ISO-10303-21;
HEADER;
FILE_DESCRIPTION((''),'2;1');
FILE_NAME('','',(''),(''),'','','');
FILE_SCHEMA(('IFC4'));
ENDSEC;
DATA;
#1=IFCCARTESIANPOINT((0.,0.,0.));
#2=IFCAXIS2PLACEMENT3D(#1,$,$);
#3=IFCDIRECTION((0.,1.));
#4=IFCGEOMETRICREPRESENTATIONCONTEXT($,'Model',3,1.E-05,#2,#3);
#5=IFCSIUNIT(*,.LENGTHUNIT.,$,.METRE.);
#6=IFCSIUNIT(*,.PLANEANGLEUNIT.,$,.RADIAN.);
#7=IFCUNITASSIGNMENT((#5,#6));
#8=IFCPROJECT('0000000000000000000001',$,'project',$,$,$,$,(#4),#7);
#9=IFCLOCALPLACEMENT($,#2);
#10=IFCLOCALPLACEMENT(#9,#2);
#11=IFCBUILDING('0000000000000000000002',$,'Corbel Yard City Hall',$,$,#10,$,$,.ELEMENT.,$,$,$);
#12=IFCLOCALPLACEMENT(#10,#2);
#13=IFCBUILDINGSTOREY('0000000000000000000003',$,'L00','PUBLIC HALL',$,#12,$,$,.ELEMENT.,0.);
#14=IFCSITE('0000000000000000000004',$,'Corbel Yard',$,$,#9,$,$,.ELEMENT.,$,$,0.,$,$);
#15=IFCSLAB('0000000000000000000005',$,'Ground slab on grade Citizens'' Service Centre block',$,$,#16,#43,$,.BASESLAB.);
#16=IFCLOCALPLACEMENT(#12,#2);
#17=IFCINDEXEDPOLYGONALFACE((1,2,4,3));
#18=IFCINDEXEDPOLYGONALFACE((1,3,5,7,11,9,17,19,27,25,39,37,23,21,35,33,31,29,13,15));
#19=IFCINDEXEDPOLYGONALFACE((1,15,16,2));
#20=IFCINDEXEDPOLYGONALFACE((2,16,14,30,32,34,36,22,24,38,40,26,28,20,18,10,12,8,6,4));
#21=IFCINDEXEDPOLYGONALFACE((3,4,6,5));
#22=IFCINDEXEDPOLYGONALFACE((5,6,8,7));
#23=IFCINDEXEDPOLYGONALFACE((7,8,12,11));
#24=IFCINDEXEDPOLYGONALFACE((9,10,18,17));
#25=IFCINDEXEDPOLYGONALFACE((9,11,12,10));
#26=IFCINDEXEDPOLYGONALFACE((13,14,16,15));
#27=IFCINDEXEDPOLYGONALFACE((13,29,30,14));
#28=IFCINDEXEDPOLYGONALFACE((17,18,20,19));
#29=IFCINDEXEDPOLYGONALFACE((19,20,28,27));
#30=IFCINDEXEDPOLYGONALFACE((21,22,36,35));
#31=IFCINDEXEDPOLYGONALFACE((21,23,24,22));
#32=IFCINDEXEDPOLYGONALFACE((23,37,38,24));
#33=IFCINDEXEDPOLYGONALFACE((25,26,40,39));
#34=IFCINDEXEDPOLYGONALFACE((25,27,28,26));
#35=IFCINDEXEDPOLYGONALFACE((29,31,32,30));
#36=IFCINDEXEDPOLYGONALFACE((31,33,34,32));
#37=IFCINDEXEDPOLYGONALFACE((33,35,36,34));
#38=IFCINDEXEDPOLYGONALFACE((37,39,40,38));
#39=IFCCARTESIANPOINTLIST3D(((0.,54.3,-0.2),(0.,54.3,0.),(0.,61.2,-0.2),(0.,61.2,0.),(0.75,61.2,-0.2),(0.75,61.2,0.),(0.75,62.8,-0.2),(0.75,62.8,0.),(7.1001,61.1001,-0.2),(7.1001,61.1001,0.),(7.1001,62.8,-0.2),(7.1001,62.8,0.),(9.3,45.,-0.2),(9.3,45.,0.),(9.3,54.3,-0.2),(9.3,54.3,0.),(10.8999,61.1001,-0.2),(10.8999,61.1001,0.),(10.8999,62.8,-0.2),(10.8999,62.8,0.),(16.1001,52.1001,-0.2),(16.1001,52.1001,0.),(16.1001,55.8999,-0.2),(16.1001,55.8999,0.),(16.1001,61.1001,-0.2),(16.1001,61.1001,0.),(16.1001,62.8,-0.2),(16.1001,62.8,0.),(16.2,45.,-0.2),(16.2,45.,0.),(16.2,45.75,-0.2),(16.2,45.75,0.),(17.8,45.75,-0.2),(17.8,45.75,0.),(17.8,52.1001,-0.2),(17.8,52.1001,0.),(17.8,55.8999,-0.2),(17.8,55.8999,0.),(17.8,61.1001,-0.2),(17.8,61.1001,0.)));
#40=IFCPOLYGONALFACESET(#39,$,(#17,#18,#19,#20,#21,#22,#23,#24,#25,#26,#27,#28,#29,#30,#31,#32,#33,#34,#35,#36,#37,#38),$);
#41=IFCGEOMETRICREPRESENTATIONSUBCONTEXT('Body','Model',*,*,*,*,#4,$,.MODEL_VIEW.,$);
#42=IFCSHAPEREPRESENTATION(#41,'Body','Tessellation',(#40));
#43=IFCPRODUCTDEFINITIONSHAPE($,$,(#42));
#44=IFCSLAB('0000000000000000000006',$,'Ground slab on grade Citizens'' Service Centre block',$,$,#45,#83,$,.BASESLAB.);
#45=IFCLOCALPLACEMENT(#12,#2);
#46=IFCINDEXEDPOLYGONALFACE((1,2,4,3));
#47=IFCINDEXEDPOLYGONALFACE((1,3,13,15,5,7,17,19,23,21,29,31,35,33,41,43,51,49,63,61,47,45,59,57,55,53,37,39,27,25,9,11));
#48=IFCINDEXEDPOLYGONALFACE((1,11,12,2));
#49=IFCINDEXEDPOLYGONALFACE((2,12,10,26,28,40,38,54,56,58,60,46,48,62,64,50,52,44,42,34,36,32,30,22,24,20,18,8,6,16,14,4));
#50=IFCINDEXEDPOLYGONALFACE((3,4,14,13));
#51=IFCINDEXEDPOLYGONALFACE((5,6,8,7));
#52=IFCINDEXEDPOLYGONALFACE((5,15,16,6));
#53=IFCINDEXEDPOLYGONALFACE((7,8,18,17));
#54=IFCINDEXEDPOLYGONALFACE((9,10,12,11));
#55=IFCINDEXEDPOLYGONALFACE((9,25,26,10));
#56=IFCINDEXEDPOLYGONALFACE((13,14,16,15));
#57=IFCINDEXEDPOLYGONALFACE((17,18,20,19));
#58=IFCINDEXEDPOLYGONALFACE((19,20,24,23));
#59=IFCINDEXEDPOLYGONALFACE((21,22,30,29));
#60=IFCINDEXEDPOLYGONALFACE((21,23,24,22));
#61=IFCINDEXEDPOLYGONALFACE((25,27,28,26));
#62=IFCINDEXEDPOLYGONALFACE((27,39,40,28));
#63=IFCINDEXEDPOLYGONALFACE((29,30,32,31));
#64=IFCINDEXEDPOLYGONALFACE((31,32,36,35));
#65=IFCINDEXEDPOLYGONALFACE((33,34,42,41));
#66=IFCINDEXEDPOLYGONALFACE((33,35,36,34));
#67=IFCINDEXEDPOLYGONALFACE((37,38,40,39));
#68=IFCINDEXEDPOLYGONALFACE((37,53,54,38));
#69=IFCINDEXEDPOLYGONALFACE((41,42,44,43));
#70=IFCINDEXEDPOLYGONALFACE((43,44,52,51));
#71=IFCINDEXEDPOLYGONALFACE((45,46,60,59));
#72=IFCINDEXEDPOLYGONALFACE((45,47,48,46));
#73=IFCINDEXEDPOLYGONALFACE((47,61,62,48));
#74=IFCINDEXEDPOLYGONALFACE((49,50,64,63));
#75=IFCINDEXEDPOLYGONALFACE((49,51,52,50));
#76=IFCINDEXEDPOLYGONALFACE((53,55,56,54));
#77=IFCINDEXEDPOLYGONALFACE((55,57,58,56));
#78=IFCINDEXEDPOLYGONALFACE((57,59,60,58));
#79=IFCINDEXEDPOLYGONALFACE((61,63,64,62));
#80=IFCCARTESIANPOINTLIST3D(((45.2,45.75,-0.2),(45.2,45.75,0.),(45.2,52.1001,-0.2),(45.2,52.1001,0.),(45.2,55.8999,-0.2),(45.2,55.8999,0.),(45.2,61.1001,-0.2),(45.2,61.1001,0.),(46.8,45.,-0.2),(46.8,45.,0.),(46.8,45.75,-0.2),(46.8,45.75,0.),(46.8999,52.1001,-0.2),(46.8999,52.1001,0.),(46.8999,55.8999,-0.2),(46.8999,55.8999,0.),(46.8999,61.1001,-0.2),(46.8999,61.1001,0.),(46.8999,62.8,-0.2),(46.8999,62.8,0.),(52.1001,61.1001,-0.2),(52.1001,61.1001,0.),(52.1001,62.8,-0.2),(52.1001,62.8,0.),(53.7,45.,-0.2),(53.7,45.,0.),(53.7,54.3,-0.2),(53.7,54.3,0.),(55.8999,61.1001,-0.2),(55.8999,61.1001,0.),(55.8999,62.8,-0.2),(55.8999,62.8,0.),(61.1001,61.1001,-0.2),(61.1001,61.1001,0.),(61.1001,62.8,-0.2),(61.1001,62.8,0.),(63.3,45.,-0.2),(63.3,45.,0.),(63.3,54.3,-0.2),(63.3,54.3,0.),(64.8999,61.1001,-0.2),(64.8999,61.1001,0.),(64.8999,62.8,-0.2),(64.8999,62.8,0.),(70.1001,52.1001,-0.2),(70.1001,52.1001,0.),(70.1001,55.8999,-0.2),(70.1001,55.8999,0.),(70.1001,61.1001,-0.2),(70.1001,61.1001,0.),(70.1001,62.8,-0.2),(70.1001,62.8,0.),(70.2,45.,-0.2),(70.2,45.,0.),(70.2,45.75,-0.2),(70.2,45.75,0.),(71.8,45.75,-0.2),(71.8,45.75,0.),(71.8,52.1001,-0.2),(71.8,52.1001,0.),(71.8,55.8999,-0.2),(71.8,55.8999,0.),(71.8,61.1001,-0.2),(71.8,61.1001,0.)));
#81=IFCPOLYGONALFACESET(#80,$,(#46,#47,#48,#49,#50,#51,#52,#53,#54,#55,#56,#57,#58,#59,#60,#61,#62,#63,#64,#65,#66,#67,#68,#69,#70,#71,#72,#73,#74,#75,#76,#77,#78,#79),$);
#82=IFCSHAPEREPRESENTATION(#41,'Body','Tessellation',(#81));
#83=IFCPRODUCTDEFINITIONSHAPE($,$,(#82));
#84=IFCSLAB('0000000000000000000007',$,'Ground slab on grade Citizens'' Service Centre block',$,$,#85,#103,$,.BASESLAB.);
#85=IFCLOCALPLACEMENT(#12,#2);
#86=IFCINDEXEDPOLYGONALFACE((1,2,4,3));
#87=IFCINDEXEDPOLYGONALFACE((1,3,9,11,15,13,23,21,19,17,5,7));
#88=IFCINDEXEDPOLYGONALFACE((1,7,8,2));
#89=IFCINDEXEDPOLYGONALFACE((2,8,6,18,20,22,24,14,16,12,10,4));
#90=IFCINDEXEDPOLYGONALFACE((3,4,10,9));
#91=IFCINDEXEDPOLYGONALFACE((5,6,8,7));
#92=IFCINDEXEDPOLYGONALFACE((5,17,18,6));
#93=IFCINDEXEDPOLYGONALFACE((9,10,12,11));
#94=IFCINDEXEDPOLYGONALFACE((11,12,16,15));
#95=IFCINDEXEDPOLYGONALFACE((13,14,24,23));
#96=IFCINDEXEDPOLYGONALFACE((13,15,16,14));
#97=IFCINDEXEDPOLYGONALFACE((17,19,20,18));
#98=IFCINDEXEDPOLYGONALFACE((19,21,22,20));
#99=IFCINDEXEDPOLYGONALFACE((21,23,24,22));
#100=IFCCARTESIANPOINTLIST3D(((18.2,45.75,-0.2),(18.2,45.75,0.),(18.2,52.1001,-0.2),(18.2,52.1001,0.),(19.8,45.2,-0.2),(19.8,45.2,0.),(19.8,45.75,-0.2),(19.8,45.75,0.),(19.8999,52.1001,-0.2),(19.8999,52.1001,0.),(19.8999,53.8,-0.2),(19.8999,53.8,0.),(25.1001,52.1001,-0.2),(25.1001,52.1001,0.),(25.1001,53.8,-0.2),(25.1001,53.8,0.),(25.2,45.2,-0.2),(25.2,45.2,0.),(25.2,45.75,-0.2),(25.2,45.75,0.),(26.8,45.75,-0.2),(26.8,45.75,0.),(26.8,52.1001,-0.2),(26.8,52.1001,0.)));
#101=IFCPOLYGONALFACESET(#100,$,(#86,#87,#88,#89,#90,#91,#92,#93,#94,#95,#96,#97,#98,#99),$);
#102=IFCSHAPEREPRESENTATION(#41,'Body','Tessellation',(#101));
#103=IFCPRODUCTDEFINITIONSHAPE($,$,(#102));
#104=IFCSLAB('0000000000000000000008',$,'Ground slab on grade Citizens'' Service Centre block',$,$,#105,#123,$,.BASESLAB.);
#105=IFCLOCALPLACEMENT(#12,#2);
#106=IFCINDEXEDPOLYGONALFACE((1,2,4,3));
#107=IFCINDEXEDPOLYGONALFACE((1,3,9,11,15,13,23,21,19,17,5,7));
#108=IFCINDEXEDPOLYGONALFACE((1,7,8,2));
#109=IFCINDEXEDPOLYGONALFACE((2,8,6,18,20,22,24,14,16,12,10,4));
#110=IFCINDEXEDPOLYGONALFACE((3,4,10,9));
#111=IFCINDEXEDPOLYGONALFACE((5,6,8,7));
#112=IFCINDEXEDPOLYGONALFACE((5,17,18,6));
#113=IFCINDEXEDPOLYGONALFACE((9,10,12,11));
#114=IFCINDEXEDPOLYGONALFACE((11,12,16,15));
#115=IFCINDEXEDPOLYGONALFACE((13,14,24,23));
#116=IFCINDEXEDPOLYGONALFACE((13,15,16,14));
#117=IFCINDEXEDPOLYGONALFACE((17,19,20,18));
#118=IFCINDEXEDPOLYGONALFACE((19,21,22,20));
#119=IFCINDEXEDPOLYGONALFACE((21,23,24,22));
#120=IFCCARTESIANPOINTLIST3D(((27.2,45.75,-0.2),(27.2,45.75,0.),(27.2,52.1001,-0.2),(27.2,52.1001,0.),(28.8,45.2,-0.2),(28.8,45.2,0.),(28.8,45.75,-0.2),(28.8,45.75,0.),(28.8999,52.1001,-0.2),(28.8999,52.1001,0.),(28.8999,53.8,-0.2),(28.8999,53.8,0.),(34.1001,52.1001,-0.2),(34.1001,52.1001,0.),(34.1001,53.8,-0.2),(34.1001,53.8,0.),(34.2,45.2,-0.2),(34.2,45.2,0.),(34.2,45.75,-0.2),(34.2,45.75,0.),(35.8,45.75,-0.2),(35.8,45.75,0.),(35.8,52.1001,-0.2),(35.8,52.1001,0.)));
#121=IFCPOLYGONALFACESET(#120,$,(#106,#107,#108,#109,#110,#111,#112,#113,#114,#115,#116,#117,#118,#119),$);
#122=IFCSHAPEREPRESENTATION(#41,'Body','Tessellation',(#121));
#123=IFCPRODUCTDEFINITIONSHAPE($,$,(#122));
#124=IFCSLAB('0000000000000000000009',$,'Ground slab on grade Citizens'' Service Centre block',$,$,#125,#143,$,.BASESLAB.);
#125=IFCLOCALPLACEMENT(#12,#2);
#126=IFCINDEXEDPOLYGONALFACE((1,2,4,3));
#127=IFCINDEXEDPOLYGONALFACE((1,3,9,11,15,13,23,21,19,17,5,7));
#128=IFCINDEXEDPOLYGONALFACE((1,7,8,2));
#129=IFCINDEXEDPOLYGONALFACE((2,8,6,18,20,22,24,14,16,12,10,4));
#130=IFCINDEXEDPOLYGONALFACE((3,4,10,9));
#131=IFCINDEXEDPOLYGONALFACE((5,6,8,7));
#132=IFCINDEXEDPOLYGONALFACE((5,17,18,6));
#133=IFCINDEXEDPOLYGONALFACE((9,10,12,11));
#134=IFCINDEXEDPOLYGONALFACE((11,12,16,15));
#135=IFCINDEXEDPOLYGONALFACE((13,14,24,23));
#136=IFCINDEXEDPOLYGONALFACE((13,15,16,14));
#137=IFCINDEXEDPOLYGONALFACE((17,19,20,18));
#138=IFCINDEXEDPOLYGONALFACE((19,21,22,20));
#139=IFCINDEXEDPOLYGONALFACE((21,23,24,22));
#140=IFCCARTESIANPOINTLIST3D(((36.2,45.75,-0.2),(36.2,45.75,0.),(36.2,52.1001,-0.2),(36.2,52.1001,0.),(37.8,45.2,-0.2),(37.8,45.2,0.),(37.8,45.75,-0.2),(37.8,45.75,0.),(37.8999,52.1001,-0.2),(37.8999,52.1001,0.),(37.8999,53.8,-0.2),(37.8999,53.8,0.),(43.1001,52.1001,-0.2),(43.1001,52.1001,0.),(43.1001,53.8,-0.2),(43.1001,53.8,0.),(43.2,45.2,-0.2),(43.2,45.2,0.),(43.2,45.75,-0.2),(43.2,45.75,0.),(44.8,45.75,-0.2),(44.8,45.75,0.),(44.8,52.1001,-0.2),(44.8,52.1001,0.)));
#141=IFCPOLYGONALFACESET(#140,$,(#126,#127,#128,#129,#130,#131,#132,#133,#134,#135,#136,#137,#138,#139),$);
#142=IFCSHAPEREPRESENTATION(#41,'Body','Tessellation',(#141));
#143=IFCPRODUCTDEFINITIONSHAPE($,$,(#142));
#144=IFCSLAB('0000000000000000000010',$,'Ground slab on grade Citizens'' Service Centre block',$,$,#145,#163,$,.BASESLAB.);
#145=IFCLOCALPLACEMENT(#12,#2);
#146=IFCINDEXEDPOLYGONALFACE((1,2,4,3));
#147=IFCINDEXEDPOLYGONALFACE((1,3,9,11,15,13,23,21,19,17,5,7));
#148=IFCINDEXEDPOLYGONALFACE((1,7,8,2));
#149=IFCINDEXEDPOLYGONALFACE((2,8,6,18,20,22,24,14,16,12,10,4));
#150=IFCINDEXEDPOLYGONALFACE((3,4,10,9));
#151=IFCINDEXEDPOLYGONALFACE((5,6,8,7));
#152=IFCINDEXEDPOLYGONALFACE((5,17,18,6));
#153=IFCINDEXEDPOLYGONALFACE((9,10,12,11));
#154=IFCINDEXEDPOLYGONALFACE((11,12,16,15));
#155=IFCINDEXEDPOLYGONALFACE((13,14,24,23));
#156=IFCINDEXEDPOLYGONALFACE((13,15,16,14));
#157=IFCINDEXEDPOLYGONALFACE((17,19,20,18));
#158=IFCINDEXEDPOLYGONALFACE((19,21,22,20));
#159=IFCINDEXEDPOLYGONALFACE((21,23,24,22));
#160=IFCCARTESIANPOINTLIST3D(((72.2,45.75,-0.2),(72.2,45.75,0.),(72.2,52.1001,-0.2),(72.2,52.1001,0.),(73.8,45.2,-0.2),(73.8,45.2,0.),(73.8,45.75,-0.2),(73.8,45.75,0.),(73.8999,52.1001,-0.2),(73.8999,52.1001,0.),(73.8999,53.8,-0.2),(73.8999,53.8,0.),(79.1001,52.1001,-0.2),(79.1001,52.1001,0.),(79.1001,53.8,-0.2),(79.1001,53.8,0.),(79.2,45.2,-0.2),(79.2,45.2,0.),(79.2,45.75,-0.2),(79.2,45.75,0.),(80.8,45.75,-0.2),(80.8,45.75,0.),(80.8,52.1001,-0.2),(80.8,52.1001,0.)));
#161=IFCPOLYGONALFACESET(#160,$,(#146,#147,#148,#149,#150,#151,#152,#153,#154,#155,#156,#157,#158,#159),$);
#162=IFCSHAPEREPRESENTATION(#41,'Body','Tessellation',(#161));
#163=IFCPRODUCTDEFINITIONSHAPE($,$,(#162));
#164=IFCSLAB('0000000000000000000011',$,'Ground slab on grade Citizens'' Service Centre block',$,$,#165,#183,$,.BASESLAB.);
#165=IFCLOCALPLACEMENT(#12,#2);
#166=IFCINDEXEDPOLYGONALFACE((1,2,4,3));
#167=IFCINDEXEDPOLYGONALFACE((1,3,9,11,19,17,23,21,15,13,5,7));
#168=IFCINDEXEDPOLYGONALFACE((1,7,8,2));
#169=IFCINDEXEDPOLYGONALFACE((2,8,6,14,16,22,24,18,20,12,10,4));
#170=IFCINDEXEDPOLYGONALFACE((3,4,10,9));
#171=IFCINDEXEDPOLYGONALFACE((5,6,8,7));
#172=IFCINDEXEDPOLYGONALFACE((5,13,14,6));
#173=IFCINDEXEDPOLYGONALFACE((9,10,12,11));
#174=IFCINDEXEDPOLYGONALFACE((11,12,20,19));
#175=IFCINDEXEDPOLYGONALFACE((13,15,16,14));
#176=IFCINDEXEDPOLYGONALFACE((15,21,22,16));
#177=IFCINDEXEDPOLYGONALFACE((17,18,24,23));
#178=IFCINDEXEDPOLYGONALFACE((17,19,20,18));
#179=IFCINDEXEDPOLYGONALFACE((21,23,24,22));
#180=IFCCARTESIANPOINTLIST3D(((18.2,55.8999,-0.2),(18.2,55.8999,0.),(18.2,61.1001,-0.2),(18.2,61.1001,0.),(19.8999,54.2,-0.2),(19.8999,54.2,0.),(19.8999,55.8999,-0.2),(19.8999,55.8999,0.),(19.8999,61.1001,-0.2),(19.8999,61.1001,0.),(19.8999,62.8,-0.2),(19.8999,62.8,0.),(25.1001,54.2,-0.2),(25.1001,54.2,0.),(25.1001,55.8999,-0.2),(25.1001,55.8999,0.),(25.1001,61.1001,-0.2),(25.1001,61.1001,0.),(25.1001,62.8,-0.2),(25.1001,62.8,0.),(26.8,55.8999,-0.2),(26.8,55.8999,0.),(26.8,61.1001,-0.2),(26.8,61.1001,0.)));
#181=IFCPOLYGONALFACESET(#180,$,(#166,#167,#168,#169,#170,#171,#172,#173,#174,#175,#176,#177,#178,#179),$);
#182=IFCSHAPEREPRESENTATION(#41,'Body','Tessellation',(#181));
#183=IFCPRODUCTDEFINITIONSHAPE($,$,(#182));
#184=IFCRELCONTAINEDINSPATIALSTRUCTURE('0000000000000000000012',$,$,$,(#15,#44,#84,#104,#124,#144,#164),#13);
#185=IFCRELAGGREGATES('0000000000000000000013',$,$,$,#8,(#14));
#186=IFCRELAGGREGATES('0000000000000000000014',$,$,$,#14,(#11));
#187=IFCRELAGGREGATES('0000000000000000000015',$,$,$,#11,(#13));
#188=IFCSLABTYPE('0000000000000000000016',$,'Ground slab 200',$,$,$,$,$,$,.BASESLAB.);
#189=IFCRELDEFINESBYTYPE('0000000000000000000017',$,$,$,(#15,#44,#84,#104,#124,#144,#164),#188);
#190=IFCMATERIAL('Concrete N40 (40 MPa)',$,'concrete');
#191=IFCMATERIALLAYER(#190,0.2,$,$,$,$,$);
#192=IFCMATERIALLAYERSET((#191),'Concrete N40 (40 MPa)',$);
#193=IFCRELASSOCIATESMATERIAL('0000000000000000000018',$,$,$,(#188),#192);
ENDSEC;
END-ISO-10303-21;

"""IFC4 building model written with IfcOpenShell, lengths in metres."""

from ifc_helpers import new_model, si_unit, direction, frame, origin, place, context, subcontext, project, spatial, polyline, outline, extrude, material, layer, layer_set, type_object, element, save


model = new_model("IFC4")

# Units and contexts
model_context = context("Model", 3, precision=1e-05, world=origin(), true_north=direction((0.0, 1.0)))
body_context = subcontext(model_context, "Body", "Model", "MODEL_VIEW")
ifc_project = project(units=[si_unit("LENGTHUNIT", "METRE"), si_unit("PLANEANGLEUNIT", "RADIAN")], contexts=[model_context])

# Site, building, storey
site_placement = place(None, origin())
site = spatial("IfcSite", under=ifc_project, at=site_placement, Name="Corbel Yard", CompositionType="ELEMENT", RefElevation=0.0)
building_placement = place(site_placement, origin())
building = spatial("IfcBuilding", under=site, at=building_placement, Name="Corbel Yard City Hall", CompositionType="ELEMENT")
storey_placement = place(building_placement, origin())
storey = spatial("IfcBuildingStorey", under=building, at=storey_placement, Name="L00", Description="PUBLIC HALL", CompositionType="ELEMENT", Elevation=0.0)

# Slabs
ifc_material = material(Name="Concrete N40 (40 MPa)", Category="concrete")
ifc_layer = layer(ifc_material, 0.2)
ifc_layer_set = layer_set([ifc_layer], Name="Concrete N40 (40 MPa)")
slab_type = type_object("IfcSlabType", Name="Ground slab 200", PredefinedType="BASESLAB", material=ifc_layer_set)
slab_1_placement = place(storey_placement, frame((0.0, 0.0, -0.2)))
element("IfcSlab", 1, at=slab_1_placement, inside=storey, type_object=slab_type, Name="Ground slab on grade Citizens' Service Centre block", PredefinedType="BASESLAB", context=body_context, shape_type="SweptSolid", body=[
    extrude(outline(polyline([(7.1001, 61.1001), (7.1001, 62.8), (0.75, 62.8), (0.75, 61.2), (0.0, 61.2), (0.0, 54.3), (9.3, 54.3), (9.3, 45.0), (16.2, 45.0), (16.2, 45.75), (17.8, 45.75), (17.8, 52.1001), (16.1001, 52.1001), (16.1001, 55.8999), (17.8, 55.8999), (17.8, 61.1001), (16.1001, 61.1001), (16.1001, 62.8), (10.8999, 62.8), (10.8999, 61.1001), (7.1001, 61.1001)])), origin(), (0.0, 0.0, 1.0), 0.2),
])
slab_2_placement = place(storey_placement, frame((0.0, 0.0, -0.2)))
element("IfcSlab", 2, at=slab_2_placement, inside=storey, type_object=slab_type, Name="Ground slab on grade Citizens' Service Centre block", PredefinedType="BASESLAB", context=body_context, shape_type="SweptSolid", body=[
    extrude(outline(polyline([(52.1001, 62.8), (46.8999, 62.8), (46.8999, 61.1001), (45.2, 61.1001), (45.2, 55.8999), (46.8999, 55.8999), (46.8999, 52.1001), (45.2, 52.1001), (45.2, 45.75), (46.8, 45.75), (46.8, 45.0), (53.7, 45.0), (53.7, 54.3), (63.3, 54.3), (63.3, 45.0), (70.2, 45.0), (70.2, 45.75), (71.8, 45.75), (71.8, 52.1001), (70.1001, 52.1001), (70.1001, 55.8999), (71.8, 55.8999), (71.8, 61.1001), (70.1001, 61.1001), (70.1001, 62.8), (64.8999, 62.8), (64.8999, 61.1001), (61.1001, 61.1001), (61.1001, 62.8), (55.8999, 62.8), (55.8999, 61.1001), (52.1001, 61.1001), (52.1001, 62.8)])), origin(), (0.0, 0.0, 1.0), 0.2),
])
slab_3_placement = place(storey_placement, frame((0.0, 0.0, -0.2)))
element("IfcSlab", 3, at=slab_3_placement, inside=storey, type_object=slab_type, Name="Ground slab on grade Citizens' Service Centre block", PredefinedType="BASESLAB", context=body_context, shape_type="SweptSolid", body=[
    extrude(outline(polyline([(25.2, 45.2), (25.2, 45.75), (26.8, 45.75), (26.8, 52.1001), (25.1001, 52.1001), (25.1001, 53.8), (19.8999, 53.8), (19.8999, 52.1001), (18.2, 52.1001), (18.2, 45.75), (19.8, 45.75), (19.8, 45.2), (25.2, 45.2)])), origin(), (0.0, 0.0, 1.0), 0.2),
])
slab_4_placement = place(storey_placement, frame((0.0, 0.0, -0.2)))
element("IfcSlab", 4, at=slab_4_placement, inside=storey, type_object=slab_type, Name="Ground slab on grade Citizens' Service Centre block", PredefinedType="BASESLAB", context=body_context, shape_type="SweptSolid", body=[
    extrude(outline(polyline([(28.8999, 52.1001), (27.2, 52.1001), (27.2, 45.75), (28.8, 45.75), (28.8, 45.2), (34.2, 45.2), (34.2, 45.75), (35.8, 45.75), (35.8, 52.1001), (34.1001, 52.1001), (34.1001, 53.8), (28.8999, 53.8), (28.8999, 52.1001)])), origin(), (0.0, 0.0, 1.0), 0.2),
])
slab_5_placement = place(storey_placement, frame((0.0, 0.0, -0.2)))
element("IfcSlab", 5, at=slab_5_placement, inside=storey, type_object=slab_type, Name="Ground slab on grade Citizens' Service Centre block", PredefinedType="BASESLAB", context=body_context, shape_type="SweptSolid", body=[
    extrude(outline(polyline([(43.1001, 53.8), (37.8999, 53.8), (37.8999, 52.1001), (36.2, 52.1001), (36.2, 45.75), (37.8, 45.75), (37.8, 45.2), (43.2, 45.2), (43.2, 45.75), (44.8, 45.75), (44.8, 52.1001), (43.1001, 52.1001), (43.1001, 53.8)])), origin(), (0.0, 0.0, 1.0), 0.2),
])
slab_6_placement = place(storey_placement, frame((0.0, 0.0, -0.2)))
element("IfcSlab", 6, at=slab_6_placement, inside=storey, type_object=slab_type, Name="Ground slab on grade Citizens' Service Centre block", PredefinedType="BASESLAB", context=body_context, shape_type="SweptSolid", body=[
    extrude(outline(polyline([(73.8, 45.2), (79.2, 45.2), (79.2, 45.75), (80.8, 45.75), (80.8, 52.1001), (79.1001, 52.1001), (79.1001, 53.8), (73.8999, 53.8), (73.8999, 52.1001), (72.2, 52.1001), (72.2, 45.75), (73.8, 45.75), (73.8, 45.2)])), origin(), (0.0, 0.0, 1.0), 0.2),
])
slab_7_placement = place(storey_placement, frame((0.0, 0.0, -0.2)))
element("IfcSlab", 7, at=slab_7_placement, inside=storey, type_object=slab_type, Name="Ground slab on grade Citizens' Service Centre block", PredefinedType="BASESLAB", context=body_context, shape_type="SweptSolid", body=[
    extrude(outline(polyline([(26.8, 55.8999), (26.8, 61.1001), (25.1001, 61.1001), (25.1001, 62.8), (19.8999, 62.8), (19.8999, 61.1001), (18.2, 61.1001), (18.2, 55.8999), (19.8999, 55.8999), (19.8999, 54.2), (25.1001, 54.2), (25.1001, 55.8999), (26.8, 55.8999)])), origin(), (0.0, 0.0, 1.0), 0.2),
])

save(model, "model.ifc")
